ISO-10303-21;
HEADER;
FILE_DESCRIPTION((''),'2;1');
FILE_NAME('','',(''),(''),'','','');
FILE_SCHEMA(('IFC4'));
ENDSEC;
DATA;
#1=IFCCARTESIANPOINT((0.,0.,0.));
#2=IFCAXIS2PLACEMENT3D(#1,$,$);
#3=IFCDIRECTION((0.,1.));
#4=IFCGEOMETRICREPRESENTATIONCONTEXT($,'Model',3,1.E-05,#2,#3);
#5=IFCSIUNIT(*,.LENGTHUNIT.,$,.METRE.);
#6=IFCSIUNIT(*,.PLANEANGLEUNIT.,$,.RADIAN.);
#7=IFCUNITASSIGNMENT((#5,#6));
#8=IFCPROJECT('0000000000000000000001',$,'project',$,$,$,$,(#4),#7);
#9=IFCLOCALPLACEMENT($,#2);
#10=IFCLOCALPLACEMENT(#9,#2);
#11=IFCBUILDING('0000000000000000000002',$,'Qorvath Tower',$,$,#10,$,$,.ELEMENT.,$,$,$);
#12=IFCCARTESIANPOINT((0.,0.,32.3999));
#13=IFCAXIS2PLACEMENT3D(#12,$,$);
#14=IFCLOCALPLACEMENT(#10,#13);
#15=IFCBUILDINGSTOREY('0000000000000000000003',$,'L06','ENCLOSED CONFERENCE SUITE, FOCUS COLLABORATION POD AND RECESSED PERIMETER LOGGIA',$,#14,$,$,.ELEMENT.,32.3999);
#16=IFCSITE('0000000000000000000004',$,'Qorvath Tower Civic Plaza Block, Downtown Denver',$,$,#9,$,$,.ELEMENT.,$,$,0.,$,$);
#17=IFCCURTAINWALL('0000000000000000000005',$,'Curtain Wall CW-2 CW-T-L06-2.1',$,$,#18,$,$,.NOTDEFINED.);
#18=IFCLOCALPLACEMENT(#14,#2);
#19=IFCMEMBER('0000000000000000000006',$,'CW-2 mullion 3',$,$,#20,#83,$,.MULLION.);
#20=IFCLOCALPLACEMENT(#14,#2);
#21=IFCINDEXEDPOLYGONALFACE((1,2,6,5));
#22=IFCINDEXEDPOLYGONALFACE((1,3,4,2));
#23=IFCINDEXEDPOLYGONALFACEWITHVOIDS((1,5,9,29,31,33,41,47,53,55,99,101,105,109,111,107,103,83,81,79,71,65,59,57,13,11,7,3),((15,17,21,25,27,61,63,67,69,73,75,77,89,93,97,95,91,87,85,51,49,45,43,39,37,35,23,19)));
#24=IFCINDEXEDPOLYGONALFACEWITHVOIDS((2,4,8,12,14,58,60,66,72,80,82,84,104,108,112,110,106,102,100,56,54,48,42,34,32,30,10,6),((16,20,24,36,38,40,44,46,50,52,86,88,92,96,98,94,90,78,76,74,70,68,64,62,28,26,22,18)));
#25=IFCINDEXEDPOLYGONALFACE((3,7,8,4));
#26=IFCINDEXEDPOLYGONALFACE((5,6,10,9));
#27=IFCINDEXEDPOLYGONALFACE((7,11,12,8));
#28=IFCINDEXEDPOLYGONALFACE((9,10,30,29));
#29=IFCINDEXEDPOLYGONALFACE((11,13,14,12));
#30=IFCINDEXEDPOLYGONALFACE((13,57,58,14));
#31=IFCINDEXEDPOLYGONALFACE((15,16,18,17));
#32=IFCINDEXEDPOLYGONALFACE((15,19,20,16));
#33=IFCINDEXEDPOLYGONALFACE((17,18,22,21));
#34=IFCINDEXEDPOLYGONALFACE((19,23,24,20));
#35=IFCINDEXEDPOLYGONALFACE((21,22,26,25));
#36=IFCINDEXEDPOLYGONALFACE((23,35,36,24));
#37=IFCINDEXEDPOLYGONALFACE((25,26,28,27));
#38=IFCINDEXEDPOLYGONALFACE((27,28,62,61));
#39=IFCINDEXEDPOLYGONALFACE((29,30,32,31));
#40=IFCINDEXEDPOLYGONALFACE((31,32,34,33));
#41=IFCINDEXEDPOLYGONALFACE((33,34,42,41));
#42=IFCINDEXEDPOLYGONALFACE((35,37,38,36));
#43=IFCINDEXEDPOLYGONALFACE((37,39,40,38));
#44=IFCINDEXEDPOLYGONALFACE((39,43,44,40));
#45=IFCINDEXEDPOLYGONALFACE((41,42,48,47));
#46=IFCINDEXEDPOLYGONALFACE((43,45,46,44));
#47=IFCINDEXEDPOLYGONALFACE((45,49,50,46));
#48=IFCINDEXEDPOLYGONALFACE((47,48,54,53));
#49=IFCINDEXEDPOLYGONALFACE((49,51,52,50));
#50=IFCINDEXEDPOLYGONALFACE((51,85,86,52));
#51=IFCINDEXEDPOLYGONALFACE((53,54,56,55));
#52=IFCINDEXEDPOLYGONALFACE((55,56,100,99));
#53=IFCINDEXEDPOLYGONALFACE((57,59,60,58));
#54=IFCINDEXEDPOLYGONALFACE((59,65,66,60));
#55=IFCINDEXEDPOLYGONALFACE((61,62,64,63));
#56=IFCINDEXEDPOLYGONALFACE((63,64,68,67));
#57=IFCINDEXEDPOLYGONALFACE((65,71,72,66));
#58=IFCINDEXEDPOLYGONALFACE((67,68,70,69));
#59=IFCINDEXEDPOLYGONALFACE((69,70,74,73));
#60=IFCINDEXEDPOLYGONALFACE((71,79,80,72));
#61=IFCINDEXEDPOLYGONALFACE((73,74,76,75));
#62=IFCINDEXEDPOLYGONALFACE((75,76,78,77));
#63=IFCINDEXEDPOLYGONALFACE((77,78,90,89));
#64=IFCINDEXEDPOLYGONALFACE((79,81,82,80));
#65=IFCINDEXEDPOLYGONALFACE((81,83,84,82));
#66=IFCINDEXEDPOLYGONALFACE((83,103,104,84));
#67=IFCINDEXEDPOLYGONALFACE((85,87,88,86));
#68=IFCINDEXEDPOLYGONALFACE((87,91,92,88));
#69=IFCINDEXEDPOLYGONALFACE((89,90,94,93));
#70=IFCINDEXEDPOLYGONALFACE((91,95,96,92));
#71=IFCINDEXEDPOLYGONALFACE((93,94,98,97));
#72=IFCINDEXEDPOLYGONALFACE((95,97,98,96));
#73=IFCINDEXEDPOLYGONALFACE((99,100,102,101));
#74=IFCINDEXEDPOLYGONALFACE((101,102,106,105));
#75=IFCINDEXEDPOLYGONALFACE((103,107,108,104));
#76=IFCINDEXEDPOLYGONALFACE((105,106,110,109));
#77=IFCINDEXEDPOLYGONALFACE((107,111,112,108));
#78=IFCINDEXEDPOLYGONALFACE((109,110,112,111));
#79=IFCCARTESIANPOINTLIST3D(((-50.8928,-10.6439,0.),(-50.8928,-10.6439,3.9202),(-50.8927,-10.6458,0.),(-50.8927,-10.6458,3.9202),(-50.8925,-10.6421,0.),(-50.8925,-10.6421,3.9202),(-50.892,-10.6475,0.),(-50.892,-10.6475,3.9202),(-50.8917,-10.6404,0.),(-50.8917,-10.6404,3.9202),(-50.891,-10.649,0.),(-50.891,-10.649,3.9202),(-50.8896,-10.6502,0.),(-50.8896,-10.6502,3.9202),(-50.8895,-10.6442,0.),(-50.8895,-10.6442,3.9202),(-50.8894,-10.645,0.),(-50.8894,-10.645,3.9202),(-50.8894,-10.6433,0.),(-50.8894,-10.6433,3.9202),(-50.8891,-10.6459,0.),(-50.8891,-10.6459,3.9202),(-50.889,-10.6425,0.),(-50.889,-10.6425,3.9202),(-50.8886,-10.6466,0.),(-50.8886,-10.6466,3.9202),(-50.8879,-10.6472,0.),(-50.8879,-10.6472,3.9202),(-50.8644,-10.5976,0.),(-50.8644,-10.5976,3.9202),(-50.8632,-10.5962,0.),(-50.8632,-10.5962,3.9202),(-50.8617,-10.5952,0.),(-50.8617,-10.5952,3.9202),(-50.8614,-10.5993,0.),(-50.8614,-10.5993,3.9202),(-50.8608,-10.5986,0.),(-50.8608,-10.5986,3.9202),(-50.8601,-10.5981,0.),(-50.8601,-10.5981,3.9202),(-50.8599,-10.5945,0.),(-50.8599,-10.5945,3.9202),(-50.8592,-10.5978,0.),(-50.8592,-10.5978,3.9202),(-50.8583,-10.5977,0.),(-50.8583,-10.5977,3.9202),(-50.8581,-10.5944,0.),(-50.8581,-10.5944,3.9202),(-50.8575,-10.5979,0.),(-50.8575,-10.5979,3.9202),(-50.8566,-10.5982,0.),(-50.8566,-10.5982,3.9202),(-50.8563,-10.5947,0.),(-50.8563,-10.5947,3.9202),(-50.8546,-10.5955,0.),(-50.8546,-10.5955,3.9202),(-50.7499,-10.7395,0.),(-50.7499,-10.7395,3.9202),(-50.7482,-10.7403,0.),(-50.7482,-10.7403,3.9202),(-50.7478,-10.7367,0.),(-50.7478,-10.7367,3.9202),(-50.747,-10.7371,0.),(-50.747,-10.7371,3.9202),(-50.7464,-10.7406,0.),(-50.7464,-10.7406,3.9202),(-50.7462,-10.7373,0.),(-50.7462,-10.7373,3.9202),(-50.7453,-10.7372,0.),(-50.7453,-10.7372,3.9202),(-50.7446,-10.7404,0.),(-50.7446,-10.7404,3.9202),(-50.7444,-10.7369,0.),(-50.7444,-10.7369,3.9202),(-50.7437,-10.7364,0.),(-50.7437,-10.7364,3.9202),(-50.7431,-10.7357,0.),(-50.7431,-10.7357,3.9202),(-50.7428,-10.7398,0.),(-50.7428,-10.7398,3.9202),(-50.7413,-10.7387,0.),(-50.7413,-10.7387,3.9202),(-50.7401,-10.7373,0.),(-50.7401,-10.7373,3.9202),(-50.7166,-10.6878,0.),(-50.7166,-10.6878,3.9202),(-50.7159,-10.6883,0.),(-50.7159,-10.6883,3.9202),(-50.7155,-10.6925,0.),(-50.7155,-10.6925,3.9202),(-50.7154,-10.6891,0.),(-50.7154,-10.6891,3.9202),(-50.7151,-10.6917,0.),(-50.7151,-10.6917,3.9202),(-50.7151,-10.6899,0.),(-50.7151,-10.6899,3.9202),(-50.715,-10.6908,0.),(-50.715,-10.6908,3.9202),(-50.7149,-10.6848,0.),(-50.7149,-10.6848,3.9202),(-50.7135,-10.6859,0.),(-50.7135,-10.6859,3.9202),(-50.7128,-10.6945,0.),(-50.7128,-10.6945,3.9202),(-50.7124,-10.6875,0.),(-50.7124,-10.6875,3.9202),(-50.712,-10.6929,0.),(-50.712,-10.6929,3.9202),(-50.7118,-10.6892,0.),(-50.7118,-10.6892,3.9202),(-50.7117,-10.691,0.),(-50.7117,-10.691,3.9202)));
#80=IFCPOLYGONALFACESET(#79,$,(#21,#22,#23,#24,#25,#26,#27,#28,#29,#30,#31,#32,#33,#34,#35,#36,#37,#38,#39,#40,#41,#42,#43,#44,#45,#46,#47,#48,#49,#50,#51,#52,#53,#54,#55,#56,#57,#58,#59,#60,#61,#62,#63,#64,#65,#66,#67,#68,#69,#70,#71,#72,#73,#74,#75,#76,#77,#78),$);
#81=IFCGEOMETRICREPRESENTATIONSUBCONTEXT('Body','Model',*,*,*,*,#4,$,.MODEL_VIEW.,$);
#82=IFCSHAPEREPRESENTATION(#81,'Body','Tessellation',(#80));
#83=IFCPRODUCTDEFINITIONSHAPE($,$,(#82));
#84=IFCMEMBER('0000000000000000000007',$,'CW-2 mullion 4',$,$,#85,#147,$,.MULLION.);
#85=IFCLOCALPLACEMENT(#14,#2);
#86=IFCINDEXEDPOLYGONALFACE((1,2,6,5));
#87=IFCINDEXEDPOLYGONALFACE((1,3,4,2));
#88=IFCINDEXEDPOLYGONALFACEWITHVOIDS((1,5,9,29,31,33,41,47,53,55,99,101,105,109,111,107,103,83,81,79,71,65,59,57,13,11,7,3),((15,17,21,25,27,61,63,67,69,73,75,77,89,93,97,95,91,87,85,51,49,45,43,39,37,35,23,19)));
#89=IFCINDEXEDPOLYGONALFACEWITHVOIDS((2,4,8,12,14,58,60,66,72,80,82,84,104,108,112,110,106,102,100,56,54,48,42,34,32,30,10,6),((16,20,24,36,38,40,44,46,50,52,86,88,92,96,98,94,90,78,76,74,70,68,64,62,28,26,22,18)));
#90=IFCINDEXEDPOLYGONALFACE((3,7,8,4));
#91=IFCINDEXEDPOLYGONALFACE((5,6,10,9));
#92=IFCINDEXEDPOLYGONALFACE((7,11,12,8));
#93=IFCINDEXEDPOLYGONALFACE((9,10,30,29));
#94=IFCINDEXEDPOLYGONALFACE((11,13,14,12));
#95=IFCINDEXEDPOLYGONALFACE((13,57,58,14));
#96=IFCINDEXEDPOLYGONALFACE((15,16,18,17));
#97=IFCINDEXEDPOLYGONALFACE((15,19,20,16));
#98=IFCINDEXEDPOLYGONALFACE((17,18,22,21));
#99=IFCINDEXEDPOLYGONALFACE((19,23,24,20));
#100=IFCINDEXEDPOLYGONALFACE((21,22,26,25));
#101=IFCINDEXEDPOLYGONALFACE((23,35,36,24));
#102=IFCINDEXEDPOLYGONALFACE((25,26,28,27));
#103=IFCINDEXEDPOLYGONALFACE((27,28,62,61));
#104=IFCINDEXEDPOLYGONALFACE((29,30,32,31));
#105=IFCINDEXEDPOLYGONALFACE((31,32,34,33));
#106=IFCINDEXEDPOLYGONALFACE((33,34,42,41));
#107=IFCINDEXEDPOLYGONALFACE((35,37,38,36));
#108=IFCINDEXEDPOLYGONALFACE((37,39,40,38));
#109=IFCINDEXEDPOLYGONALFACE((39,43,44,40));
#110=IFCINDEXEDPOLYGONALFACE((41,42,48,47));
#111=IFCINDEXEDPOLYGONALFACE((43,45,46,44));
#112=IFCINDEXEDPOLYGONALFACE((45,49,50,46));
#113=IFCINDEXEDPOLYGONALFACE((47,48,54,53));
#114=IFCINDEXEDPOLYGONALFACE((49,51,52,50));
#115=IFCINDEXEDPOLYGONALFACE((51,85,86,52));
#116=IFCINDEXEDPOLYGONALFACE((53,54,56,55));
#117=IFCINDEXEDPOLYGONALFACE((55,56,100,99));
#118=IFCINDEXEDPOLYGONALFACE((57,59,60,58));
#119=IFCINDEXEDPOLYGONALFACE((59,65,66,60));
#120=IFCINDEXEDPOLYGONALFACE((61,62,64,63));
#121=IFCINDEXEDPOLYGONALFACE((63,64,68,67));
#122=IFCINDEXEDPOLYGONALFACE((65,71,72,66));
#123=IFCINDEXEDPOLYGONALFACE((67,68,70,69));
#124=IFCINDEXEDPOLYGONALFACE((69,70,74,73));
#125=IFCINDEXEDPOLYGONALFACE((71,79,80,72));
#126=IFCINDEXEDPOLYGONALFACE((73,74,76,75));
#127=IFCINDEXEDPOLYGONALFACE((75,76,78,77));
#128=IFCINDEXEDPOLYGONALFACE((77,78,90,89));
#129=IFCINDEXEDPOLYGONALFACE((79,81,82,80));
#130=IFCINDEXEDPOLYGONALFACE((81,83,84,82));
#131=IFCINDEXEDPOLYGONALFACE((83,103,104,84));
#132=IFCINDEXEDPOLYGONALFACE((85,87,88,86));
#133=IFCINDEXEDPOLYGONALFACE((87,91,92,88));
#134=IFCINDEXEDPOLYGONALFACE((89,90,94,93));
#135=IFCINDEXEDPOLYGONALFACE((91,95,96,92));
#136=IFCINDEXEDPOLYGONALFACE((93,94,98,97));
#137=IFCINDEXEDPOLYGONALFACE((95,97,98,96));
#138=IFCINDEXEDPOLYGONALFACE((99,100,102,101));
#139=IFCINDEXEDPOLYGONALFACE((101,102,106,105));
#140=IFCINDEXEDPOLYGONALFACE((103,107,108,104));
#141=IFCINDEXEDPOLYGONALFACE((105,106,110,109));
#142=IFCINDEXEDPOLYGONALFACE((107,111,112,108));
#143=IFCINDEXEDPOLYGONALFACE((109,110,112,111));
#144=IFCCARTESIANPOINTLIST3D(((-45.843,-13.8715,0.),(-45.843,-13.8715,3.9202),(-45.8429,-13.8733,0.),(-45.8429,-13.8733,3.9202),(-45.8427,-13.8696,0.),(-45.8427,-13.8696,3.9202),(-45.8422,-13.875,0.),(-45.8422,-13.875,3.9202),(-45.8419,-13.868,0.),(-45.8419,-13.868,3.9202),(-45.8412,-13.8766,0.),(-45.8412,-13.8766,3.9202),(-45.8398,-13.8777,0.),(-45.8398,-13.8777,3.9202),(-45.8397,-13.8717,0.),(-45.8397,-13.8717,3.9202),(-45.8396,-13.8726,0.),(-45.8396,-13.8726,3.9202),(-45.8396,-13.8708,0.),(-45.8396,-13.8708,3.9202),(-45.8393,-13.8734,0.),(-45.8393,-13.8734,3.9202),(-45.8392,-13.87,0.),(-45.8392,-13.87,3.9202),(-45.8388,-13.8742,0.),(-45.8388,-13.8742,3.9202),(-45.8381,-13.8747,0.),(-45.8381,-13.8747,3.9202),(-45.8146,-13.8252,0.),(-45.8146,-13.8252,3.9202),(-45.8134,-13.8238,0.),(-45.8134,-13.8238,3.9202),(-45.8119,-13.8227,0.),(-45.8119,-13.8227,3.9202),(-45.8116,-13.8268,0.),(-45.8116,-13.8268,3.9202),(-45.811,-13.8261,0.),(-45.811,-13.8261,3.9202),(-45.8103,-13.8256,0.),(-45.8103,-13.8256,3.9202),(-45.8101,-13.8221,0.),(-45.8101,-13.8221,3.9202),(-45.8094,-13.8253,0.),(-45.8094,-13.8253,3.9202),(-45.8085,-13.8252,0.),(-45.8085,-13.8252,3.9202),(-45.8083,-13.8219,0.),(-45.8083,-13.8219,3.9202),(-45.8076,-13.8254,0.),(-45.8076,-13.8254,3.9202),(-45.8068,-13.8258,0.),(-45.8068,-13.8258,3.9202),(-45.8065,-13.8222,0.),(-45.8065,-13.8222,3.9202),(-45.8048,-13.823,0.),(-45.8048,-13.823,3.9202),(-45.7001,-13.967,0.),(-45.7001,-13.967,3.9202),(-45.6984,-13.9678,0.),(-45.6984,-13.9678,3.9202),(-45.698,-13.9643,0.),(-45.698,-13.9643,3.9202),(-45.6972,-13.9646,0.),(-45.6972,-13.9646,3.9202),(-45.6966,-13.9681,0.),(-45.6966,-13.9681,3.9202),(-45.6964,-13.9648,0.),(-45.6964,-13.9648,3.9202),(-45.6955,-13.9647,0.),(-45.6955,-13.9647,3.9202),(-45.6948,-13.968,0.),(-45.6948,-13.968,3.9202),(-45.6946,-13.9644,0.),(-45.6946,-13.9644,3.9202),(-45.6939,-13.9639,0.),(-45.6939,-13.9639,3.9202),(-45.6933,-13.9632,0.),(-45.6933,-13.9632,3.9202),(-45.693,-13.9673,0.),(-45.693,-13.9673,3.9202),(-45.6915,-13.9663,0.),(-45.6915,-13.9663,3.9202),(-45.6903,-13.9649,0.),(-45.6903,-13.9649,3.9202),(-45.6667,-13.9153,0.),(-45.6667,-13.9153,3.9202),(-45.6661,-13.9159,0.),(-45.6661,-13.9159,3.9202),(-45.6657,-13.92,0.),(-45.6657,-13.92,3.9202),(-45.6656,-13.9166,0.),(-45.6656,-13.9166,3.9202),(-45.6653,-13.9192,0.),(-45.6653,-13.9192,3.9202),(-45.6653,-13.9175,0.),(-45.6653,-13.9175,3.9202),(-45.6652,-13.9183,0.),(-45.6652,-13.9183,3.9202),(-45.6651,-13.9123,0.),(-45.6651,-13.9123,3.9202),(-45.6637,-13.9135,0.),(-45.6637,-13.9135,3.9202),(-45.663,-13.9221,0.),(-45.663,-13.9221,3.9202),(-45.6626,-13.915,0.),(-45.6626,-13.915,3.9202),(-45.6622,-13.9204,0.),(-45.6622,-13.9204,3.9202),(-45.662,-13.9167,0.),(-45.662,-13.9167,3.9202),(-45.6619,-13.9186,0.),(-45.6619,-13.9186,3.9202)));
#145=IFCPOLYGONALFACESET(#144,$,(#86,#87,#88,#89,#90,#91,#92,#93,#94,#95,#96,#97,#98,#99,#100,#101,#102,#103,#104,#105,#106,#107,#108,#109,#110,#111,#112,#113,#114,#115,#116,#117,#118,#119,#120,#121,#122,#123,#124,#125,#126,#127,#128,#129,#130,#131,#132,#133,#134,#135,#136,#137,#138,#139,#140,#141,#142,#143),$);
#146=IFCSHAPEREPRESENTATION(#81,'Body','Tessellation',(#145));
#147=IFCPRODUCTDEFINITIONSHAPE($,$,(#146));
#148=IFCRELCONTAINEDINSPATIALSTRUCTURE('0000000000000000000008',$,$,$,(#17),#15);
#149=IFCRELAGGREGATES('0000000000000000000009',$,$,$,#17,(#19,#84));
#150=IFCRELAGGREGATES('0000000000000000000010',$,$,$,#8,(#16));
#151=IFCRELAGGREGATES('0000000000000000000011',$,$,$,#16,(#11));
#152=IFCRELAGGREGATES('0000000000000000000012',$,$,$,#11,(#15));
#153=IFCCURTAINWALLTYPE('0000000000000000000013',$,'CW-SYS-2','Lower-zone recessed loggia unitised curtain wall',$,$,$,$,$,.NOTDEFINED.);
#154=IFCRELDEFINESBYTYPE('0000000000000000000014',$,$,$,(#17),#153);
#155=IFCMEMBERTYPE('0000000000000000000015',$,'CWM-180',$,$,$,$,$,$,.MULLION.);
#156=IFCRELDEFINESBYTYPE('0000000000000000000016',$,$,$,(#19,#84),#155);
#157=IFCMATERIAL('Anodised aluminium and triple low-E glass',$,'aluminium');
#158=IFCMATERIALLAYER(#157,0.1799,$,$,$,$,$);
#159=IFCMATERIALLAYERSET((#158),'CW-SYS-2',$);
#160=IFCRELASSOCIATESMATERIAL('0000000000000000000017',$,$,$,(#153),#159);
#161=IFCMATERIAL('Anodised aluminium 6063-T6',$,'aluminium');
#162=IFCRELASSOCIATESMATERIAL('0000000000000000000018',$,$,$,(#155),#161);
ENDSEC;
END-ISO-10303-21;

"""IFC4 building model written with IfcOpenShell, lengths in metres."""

from ifc_helpers import new_model, si_unit, direction, frame, origin, origin_2d, place, context, subcontext, project, spatial, hollow_rectangle, extrude, material, layer, layer_set, material_profile, profile_set, type_object, element, aggregate, save


model = new_model("IFC4")

# Units and contexts
model_context = context("Model", 3, precision=1e-05, world=origin(), true_north=direction((0.0, 1.0)))
body_context = subcontext(model_context, "Body", "Model", "MODEL_VIEW")
ifc_project = project(units=[si_unit("LENGTHUNIT", "METRE"), si_unit("PLANEANGLEUNIT", "RADIAN")], contexts=[model_context])

# Site, building, storey
site_placement = place(None, origin())
site = spatial("IfcSite", under=ifc_project, at=site_placement, Name="Qorvath Tower Civic Plaza Block, Downtown Denver", CompositionType="ELEMENT", RefElevation=0.0)
building_placement = place(site_placement, origin())
building = spatial("IfcBuilding", under=site, at=building_placement, Name="Qorvath Tower", CompositionType="ELEMENT")
storey_placement = place(building_placement, frame((0.0, 0.0, 32.3999)))
storey = spatial("IfcBuildingStorey", under=building, at=storey_placement, Name="L06", Description="ENCLOSED CONFERENCE SUITE, FOCUS COLLABORATION POD AND RECESSED PERIMETER LOGGIA", CompositionType="ELEMENT", Elevation=32.3999)

# Curtain wall, members
ifc_material_1 = material(Name="Anodised aluminium and triple low-E glass", Category="aluminium")
ifc_layer_1 = layer(ifc_material_1, 0.1799)
ifc_layer_set_1 = layer_set([ifc_layer_1], Name="CW-SYS-2")
curtain_wall_type = type_object("IfcCurtainWallType", Name="CW-SYS-2", Description="Lower-zone recessed loggia unitised curtain wall", PredefinedType="NOTDEFINED", material=ifc_layer_set_1)
curtain_wall_placement = place(storey_placement, origin())
curtain_wall = element("IfcCurtainWall", 1, at=curtain_wall_placement, inside=storey, type_object=curtain_wall_type, Name="Curtain Wall CW-2 CW-T-L06-2.1", PredefinedType="NOTDEFINED")
ifc_material_2 = material(Name="Anodised aluminium 6063-T6", Category="aluminium")
ifc_material_profile_1 = material_profile(ifc_material_2, hollow_rectangle(XDim=0.0649, YDim=0.1799, WallThickness=0.0034, InnerFilletRadius=0.0034, OuterFilletRadius=0.0071, at=origin_2d()), Name="CWM 180x65")
ifc_profile_set_1 = profile_set([ifc_material_profile_1], Name="Anodised aluminium 6063-T6")
member_type_1 = type_object("IfcMemberType", Name="CWM-180", PredefinedType="MULLION", material=ifc_profile_set_1)
member_1_placement = place(storey_placement, frame((-50.8022, -10.6675, 0.0), z_axis=(0.0, 0.0, 1.0), x_axis=(0.538529, 0.842607, 0.0)))
member_1 = element("IfcMember", 2, at=member_1_placement, type_object=member_type_1, Name="CW-2 mullion 3", PredefinedType="MULLION", context=body_context, shape_type="SweptSolid", body=[
    extrude(hollow_rectangle(XDim=0.0649, YDim=0.1799, WallThickness=0.0034, InnerFilletRadius=0.0034, OuterFilletRadius=0.0071, at=origin_2d()), origin(), (0.0, 0.0, 1.0), 3.9202),
])
member_2_placement = place(storey_placement, frame((-45.7524, -13.895, 0.0), z_axis=(0.0, 0.0, 1.0), x_axis=(0.538529, 0.842607, 0.0)))
member_2 = element("IfcMember", 3, at=member_2_placement, type_object=member_type_1, Name="CW-2 mullion 4", PredefinedType="MULLION", context=body_context, shape_type="SweptSolid", body=[
    extrude(hollow_rectangle(XDim=0.0649, YDim=0.1799, WallThickness=0.0034, InnerFilletRadius=0.0034, OuterFilletRadius=0.0071, at=origin_2d()), origin(), (0.0, 0.0, 1.0), 3.9202),
])
aggregate(curtain_wall, [member_1, member_2])

save(model, "model.ifc")
